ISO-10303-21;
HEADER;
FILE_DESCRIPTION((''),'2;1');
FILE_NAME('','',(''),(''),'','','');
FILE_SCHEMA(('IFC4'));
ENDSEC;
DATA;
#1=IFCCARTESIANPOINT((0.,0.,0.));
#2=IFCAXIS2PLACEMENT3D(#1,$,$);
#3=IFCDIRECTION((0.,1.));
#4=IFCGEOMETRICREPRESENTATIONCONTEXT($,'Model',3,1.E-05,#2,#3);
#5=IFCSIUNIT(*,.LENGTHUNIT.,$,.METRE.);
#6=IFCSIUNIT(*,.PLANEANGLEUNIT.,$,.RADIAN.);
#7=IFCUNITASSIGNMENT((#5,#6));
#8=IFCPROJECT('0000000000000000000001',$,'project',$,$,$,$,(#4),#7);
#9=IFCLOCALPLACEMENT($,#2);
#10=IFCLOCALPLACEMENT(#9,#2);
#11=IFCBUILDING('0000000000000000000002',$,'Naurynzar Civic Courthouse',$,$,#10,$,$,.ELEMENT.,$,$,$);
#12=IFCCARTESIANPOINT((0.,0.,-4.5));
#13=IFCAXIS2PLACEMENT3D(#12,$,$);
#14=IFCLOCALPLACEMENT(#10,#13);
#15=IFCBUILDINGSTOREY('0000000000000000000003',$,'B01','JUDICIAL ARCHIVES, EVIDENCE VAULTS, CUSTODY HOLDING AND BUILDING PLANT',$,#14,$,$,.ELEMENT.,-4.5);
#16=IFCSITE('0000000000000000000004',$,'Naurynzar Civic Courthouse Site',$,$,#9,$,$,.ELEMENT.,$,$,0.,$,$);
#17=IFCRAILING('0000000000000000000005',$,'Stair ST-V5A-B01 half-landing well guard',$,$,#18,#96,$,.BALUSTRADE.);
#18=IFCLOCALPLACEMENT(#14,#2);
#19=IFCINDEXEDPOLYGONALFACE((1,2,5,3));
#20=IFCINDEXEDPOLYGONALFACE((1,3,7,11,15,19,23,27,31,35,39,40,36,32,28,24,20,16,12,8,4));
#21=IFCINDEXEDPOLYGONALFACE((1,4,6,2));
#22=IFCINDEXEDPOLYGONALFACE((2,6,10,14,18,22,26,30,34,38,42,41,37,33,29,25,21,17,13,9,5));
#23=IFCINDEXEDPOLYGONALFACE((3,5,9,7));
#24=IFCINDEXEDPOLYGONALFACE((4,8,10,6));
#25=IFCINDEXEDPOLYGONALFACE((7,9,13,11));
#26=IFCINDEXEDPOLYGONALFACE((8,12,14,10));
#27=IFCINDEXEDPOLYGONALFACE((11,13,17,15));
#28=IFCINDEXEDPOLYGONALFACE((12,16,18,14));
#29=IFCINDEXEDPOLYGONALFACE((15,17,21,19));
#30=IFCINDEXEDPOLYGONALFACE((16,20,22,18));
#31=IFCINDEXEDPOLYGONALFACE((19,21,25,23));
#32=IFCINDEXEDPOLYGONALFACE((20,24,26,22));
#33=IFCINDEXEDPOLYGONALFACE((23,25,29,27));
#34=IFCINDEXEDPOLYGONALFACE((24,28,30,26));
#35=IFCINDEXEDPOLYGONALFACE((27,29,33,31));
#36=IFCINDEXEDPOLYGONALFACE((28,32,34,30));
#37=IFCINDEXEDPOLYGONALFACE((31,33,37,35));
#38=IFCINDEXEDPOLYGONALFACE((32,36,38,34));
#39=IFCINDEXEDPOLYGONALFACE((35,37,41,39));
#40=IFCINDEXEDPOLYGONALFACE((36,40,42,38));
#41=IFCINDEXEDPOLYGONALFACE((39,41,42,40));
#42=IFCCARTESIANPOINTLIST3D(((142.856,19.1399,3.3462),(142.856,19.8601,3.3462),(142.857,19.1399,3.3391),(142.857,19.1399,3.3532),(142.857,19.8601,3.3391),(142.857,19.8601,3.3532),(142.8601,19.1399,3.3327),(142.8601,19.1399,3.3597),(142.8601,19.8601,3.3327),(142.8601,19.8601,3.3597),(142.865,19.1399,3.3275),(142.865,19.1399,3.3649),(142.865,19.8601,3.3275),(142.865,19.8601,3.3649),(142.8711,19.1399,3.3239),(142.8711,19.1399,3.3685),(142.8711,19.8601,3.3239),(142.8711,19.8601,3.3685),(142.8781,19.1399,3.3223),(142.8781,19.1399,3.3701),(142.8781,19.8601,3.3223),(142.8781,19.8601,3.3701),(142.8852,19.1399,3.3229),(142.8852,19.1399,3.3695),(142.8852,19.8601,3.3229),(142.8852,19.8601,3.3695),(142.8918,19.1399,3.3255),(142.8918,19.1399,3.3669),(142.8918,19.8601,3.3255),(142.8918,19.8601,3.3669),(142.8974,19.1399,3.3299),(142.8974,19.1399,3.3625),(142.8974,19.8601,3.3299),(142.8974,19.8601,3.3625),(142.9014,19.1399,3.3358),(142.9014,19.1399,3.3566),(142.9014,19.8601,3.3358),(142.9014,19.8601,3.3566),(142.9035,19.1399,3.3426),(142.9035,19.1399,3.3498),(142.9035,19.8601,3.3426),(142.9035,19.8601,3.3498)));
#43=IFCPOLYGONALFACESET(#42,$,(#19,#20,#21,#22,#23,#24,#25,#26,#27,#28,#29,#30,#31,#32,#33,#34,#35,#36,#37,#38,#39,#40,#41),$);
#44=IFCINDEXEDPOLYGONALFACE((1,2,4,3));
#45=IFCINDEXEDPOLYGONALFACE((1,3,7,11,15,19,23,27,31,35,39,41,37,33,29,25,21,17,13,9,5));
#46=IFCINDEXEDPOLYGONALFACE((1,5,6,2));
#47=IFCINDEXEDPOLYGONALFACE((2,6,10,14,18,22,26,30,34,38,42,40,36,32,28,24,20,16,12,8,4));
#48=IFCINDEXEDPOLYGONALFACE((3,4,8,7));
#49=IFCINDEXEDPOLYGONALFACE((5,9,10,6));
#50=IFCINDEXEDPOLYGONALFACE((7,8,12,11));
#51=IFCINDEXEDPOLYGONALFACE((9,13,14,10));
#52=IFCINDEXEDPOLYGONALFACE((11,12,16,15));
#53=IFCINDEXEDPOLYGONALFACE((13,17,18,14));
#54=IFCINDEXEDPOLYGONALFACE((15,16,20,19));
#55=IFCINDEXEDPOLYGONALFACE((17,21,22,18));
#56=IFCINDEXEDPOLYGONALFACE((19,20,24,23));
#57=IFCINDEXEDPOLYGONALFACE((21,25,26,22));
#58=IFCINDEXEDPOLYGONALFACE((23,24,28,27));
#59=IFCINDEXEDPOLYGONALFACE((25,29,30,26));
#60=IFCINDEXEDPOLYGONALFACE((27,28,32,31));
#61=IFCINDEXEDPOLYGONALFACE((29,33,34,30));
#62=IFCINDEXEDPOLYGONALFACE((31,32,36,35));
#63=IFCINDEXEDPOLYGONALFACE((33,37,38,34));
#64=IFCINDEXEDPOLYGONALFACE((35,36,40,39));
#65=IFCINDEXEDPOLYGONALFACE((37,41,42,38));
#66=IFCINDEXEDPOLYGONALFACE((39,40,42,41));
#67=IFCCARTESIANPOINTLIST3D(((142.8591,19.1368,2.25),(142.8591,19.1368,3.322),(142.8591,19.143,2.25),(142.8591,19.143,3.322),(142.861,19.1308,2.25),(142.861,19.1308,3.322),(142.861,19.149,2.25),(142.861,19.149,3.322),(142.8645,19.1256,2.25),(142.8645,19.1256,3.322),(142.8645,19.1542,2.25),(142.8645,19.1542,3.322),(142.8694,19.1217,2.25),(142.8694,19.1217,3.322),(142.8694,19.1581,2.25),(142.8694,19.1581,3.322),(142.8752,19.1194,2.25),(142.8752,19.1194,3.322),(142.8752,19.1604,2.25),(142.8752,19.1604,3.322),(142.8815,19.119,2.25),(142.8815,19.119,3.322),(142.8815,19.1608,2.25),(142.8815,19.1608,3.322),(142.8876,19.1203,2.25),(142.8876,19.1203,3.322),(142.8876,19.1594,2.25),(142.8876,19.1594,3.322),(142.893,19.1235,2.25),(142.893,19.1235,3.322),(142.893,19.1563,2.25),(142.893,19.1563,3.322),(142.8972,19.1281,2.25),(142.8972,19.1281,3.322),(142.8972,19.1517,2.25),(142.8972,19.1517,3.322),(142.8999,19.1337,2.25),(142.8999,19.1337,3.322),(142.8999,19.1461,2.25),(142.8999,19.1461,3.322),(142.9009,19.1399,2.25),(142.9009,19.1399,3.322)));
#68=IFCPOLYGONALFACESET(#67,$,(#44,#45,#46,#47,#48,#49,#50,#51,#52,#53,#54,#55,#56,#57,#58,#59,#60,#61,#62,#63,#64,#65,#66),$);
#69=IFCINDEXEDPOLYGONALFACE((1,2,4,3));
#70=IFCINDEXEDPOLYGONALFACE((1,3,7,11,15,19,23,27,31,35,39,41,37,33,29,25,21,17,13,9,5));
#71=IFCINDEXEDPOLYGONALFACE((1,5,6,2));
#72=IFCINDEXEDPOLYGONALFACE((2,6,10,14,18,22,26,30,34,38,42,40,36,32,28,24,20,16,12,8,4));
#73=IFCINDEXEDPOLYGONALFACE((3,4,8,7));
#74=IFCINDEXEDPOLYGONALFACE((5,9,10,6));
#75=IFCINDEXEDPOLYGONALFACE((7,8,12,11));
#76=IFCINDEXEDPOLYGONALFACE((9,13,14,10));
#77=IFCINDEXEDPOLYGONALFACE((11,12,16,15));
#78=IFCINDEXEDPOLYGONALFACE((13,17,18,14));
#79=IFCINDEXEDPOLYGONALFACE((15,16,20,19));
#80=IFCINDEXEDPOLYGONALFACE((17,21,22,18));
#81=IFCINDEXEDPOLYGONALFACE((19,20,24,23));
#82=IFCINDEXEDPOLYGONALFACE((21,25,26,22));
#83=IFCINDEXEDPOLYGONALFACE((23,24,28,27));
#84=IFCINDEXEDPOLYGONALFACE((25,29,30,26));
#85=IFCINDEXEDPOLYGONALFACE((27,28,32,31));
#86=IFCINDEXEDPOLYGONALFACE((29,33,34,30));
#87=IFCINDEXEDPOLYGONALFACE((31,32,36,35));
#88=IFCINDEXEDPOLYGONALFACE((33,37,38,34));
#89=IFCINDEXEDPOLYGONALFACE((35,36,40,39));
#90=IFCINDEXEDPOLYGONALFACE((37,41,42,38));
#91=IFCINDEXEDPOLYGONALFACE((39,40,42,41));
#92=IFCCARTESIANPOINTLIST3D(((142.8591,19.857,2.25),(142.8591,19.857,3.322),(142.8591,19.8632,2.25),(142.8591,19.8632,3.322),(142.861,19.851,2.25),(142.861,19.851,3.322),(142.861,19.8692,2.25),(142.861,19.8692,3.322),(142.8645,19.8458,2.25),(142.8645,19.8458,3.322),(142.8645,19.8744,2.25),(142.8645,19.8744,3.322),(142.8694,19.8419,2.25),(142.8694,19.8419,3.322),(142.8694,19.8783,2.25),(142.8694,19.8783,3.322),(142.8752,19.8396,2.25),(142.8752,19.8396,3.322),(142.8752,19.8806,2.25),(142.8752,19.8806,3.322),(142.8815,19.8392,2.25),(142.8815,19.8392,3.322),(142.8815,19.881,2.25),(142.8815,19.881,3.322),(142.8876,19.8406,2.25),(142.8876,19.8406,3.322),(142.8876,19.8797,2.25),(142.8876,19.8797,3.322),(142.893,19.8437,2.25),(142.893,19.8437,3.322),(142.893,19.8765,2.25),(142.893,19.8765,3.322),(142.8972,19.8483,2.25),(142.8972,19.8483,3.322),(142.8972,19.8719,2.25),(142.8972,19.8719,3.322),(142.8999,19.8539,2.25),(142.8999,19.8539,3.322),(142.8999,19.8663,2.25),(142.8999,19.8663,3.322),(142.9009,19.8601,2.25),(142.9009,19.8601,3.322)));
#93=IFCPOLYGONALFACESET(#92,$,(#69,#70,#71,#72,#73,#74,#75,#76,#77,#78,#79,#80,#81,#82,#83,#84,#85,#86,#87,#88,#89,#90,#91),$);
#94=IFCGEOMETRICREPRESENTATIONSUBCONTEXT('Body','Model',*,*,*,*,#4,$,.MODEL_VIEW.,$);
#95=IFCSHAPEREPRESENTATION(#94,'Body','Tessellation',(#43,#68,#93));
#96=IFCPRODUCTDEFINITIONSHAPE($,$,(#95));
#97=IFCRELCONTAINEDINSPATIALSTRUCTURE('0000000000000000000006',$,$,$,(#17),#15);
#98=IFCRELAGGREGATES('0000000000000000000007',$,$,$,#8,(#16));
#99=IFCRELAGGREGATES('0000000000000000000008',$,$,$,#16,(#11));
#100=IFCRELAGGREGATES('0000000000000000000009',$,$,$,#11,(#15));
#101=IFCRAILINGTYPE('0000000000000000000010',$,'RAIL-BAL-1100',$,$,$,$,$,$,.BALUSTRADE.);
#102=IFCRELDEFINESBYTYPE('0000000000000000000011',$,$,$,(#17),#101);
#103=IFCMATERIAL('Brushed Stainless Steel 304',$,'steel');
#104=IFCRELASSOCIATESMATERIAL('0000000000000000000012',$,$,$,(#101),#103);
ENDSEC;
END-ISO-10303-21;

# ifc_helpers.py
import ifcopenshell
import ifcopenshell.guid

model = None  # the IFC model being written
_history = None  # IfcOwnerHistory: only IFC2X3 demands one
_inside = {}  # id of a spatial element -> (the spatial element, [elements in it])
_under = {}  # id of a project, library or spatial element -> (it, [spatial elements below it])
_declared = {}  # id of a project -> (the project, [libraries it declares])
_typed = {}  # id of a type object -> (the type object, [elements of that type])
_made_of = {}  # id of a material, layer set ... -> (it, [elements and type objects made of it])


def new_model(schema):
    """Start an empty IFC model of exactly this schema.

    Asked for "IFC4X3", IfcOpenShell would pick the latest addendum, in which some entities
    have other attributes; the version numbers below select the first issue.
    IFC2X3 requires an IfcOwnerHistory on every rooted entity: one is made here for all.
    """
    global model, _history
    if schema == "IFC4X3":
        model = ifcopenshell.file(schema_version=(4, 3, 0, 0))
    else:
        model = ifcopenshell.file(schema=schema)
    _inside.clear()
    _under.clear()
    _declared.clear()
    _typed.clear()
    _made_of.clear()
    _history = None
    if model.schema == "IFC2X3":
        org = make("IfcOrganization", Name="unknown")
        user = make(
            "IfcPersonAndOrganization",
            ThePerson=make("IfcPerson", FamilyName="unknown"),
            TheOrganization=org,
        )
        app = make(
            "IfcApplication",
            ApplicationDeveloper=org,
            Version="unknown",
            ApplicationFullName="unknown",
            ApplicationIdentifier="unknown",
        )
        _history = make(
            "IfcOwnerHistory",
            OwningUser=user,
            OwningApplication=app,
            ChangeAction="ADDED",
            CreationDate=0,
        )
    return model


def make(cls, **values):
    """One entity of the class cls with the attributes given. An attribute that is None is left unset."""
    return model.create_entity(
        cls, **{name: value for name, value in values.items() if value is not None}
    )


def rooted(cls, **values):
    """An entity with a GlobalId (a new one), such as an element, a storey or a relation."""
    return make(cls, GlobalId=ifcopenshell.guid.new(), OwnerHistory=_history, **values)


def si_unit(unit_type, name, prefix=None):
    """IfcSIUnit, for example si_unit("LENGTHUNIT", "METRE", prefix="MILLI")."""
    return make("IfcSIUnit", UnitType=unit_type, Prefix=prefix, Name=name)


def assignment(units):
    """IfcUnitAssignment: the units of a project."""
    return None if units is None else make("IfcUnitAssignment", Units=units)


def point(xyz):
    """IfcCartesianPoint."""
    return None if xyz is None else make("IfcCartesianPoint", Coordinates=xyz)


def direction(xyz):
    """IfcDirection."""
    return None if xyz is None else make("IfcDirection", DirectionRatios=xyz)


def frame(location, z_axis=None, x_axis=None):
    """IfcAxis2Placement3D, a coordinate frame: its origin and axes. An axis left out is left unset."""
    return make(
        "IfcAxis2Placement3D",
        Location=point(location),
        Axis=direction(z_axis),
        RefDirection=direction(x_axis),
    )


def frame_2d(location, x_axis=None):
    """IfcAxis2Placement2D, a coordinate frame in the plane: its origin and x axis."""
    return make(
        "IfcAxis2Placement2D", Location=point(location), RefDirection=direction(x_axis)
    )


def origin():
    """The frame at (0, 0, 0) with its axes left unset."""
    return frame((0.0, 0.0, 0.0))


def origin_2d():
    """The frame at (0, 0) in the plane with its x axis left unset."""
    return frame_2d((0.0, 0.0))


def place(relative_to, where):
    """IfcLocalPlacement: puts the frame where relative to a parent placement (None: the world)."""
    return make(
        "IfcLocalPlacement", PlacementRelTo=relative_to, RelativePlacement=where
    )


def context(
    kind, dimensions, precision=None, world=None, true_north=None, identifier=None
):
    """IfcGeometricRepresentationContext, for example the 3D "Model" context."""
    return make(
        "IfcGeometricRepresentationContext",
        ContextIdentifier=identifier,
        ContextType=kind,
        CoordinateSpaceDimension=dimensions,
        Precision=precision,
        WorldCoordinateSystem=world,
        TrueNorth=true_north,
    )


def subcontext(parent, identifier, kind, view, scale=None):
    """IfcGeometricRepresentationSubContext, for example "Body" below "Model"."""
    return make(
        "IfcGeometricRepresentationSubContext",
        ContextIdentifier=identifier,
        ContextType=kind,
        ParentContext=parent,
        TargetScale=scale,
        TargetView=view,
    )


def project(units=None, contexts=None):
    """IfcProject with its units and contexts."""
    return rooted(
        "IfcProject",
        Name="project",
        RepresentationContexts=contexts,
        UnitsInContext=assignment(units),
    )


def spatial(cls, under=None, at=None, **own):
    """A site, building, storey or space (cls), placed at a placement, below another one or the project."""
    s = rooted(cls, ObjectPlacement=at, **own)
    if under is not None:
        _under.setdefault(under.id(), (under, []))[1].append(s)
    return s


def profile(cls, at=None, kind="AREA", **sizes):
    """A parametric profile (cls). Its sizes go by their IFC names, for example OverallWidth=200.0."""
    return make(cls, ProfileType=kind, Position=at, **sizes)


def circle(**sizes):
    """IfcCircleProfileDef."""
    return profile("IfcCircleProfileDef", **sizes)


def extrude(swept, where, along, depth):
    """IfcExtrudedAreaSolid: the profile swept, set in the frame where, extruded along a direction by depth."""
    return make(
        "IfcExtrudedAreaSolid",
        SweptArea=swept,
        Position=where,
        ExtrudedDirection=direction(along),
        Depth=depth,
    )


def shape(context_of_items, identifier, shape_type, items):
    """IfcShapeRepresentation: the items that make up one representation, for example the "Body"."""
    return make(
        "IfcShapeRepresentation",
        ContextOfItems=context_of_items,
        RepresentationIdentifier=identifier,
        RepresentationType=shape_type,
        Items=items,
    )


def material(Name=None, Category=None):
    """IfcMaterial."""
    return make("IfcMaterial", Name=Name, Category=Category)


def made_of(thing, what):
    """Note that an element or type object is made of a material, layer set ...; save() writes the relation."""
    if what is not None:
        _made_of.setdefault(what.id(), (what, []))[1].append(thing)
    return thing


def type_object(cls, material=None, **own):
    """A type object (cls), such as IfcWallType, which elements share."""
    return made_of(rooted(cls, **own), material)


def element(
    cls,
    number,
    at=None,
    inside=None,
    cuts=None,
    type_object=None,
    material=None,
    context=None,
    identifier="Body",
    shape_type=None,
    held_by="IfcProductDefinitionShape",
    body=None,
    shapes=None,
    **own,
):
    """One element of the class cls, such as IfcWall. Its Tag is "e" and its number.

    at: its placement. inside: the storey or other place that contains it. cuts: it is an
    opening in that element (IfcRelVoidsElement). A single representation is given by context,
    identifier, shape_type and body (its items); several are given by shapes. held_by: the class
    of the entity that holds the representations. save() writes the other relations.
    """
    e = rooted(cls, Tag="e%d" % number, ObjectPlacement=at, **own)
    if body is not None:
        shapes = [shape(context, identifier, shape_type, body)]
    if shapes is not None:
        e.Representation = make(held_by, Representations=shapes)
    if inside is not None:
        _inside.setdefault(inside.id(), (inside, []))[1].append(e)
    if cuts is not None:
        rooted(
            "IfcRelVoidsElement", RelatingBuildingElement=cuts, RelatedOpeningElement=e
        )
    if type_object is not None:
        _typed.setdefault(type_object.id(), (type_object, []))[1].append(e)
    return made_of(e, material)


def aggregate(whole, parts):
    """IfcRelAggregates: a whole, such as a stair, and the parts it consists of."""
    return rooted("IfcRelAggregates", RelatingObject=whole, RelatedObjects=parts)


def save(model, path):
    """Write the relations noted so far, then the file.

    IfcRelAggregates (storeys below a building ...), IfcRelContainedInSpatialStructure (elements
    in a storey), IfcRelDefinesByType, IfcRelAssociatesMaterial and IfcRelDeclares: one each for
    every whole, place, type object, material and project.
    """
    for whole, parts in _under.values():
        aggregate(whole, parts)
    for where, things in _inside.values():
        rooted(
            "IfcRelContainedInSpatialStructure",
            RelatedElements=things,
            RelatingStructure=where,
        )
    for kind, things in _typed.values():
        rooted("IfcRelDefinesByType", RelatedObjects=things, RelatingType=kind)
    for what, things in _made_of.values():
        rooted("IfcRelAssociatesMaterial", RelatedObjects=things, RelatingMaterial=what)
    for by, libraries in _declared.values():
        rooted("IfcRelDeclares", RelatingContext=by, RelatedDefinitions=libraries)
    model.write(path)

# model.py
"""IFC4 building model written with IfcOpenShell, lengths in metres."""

from ifc_helpers import new_model, si_unit, direction, frame, origin, origin_2d, place, context, subcontext, project, spatial, circle, extrude, material, type_object, element, save


model = new_model("IFC4")

# Units and contexts
model_context = context("Model", 3, precision=1e-05, world=origin(), true_north=direction((0.0, 1.0)))
body_context = subcontext(model_context, "Body", "Model", "MODEL_VIEW")
ifc_project = project(units=[si_unit("LENGTHUNIT", "METRE"), si_unit("PLANEANGLEUNIT", "RADIAN")], contexts=[model_context])

# Site, building, storey
site_placement = place(None, origin())
site = spatial("IfcSite", under=ifc_project, at=site_placement, Name="Naurynzar Civic Courthouse Site", CompositionType="ELEMENT", RefElevation=0.0)
building_placement = place(site_placement, origin())
building = spatial("IfcBuilding", under=site, at=building_placement, Name="Naurynzar Civic Courthouse", CompositionType="ELEMENT")
storey_placement = place(building_placement, frame((0.0, 0.0, -4.5)))
storey = spatial("IfcBuildingStorey", under=building, at=storey_placement, Name="B01", Description="JUDICIAL ARCHIVES, EVIDENCE VAULTS, CUSTODY HOLDING AND BUILDING PLANT", CompositionType="ELEMENT", Elevation=-4.5)

# Railing
ifc_material_1 = material(Name="Brushed Stainless Steel 304", Category="steel")
railing_type_1 = type_object("IfcRailingType", Name="RAIL-BAL-1100", PredefinedType="BALUSTRADE", material=ifc_material_1)
railing_1_placement = place(storey_placement, frame((142.8799, 19.1399, 2.25)))
element("IfcRailing", 1, at=railing_1_placement, inside=storey, type_object=railing_type_1, Name="Stair ST-V5A-B01 half-landing well guard", PredefinedType="BALUSTRADE", context=body_context, shape_type="SweptSolid", body=[
    extrude(circle(Radius=0.0239, at=origin_2d()), frame((0.0, 0.0, 1.0962), z_axis=(0.0, 1.0, 0.0), x_axis=(-1.0, 0.0, 0.0)), (0.0, 0.0, 1.0), 0.7202),
    extrude(circle(Radius=0.021, at=origin_2d()), origin(), (0.0, 0.0, 1.0), 1.072),
    extrude(circle(Radius=0.021, at=origin_2d()), frame((0.0, 0.7202, 0.0)), (0.0, 0.0, 1.0), 1.072),
])

save(model, "model.ifc")
